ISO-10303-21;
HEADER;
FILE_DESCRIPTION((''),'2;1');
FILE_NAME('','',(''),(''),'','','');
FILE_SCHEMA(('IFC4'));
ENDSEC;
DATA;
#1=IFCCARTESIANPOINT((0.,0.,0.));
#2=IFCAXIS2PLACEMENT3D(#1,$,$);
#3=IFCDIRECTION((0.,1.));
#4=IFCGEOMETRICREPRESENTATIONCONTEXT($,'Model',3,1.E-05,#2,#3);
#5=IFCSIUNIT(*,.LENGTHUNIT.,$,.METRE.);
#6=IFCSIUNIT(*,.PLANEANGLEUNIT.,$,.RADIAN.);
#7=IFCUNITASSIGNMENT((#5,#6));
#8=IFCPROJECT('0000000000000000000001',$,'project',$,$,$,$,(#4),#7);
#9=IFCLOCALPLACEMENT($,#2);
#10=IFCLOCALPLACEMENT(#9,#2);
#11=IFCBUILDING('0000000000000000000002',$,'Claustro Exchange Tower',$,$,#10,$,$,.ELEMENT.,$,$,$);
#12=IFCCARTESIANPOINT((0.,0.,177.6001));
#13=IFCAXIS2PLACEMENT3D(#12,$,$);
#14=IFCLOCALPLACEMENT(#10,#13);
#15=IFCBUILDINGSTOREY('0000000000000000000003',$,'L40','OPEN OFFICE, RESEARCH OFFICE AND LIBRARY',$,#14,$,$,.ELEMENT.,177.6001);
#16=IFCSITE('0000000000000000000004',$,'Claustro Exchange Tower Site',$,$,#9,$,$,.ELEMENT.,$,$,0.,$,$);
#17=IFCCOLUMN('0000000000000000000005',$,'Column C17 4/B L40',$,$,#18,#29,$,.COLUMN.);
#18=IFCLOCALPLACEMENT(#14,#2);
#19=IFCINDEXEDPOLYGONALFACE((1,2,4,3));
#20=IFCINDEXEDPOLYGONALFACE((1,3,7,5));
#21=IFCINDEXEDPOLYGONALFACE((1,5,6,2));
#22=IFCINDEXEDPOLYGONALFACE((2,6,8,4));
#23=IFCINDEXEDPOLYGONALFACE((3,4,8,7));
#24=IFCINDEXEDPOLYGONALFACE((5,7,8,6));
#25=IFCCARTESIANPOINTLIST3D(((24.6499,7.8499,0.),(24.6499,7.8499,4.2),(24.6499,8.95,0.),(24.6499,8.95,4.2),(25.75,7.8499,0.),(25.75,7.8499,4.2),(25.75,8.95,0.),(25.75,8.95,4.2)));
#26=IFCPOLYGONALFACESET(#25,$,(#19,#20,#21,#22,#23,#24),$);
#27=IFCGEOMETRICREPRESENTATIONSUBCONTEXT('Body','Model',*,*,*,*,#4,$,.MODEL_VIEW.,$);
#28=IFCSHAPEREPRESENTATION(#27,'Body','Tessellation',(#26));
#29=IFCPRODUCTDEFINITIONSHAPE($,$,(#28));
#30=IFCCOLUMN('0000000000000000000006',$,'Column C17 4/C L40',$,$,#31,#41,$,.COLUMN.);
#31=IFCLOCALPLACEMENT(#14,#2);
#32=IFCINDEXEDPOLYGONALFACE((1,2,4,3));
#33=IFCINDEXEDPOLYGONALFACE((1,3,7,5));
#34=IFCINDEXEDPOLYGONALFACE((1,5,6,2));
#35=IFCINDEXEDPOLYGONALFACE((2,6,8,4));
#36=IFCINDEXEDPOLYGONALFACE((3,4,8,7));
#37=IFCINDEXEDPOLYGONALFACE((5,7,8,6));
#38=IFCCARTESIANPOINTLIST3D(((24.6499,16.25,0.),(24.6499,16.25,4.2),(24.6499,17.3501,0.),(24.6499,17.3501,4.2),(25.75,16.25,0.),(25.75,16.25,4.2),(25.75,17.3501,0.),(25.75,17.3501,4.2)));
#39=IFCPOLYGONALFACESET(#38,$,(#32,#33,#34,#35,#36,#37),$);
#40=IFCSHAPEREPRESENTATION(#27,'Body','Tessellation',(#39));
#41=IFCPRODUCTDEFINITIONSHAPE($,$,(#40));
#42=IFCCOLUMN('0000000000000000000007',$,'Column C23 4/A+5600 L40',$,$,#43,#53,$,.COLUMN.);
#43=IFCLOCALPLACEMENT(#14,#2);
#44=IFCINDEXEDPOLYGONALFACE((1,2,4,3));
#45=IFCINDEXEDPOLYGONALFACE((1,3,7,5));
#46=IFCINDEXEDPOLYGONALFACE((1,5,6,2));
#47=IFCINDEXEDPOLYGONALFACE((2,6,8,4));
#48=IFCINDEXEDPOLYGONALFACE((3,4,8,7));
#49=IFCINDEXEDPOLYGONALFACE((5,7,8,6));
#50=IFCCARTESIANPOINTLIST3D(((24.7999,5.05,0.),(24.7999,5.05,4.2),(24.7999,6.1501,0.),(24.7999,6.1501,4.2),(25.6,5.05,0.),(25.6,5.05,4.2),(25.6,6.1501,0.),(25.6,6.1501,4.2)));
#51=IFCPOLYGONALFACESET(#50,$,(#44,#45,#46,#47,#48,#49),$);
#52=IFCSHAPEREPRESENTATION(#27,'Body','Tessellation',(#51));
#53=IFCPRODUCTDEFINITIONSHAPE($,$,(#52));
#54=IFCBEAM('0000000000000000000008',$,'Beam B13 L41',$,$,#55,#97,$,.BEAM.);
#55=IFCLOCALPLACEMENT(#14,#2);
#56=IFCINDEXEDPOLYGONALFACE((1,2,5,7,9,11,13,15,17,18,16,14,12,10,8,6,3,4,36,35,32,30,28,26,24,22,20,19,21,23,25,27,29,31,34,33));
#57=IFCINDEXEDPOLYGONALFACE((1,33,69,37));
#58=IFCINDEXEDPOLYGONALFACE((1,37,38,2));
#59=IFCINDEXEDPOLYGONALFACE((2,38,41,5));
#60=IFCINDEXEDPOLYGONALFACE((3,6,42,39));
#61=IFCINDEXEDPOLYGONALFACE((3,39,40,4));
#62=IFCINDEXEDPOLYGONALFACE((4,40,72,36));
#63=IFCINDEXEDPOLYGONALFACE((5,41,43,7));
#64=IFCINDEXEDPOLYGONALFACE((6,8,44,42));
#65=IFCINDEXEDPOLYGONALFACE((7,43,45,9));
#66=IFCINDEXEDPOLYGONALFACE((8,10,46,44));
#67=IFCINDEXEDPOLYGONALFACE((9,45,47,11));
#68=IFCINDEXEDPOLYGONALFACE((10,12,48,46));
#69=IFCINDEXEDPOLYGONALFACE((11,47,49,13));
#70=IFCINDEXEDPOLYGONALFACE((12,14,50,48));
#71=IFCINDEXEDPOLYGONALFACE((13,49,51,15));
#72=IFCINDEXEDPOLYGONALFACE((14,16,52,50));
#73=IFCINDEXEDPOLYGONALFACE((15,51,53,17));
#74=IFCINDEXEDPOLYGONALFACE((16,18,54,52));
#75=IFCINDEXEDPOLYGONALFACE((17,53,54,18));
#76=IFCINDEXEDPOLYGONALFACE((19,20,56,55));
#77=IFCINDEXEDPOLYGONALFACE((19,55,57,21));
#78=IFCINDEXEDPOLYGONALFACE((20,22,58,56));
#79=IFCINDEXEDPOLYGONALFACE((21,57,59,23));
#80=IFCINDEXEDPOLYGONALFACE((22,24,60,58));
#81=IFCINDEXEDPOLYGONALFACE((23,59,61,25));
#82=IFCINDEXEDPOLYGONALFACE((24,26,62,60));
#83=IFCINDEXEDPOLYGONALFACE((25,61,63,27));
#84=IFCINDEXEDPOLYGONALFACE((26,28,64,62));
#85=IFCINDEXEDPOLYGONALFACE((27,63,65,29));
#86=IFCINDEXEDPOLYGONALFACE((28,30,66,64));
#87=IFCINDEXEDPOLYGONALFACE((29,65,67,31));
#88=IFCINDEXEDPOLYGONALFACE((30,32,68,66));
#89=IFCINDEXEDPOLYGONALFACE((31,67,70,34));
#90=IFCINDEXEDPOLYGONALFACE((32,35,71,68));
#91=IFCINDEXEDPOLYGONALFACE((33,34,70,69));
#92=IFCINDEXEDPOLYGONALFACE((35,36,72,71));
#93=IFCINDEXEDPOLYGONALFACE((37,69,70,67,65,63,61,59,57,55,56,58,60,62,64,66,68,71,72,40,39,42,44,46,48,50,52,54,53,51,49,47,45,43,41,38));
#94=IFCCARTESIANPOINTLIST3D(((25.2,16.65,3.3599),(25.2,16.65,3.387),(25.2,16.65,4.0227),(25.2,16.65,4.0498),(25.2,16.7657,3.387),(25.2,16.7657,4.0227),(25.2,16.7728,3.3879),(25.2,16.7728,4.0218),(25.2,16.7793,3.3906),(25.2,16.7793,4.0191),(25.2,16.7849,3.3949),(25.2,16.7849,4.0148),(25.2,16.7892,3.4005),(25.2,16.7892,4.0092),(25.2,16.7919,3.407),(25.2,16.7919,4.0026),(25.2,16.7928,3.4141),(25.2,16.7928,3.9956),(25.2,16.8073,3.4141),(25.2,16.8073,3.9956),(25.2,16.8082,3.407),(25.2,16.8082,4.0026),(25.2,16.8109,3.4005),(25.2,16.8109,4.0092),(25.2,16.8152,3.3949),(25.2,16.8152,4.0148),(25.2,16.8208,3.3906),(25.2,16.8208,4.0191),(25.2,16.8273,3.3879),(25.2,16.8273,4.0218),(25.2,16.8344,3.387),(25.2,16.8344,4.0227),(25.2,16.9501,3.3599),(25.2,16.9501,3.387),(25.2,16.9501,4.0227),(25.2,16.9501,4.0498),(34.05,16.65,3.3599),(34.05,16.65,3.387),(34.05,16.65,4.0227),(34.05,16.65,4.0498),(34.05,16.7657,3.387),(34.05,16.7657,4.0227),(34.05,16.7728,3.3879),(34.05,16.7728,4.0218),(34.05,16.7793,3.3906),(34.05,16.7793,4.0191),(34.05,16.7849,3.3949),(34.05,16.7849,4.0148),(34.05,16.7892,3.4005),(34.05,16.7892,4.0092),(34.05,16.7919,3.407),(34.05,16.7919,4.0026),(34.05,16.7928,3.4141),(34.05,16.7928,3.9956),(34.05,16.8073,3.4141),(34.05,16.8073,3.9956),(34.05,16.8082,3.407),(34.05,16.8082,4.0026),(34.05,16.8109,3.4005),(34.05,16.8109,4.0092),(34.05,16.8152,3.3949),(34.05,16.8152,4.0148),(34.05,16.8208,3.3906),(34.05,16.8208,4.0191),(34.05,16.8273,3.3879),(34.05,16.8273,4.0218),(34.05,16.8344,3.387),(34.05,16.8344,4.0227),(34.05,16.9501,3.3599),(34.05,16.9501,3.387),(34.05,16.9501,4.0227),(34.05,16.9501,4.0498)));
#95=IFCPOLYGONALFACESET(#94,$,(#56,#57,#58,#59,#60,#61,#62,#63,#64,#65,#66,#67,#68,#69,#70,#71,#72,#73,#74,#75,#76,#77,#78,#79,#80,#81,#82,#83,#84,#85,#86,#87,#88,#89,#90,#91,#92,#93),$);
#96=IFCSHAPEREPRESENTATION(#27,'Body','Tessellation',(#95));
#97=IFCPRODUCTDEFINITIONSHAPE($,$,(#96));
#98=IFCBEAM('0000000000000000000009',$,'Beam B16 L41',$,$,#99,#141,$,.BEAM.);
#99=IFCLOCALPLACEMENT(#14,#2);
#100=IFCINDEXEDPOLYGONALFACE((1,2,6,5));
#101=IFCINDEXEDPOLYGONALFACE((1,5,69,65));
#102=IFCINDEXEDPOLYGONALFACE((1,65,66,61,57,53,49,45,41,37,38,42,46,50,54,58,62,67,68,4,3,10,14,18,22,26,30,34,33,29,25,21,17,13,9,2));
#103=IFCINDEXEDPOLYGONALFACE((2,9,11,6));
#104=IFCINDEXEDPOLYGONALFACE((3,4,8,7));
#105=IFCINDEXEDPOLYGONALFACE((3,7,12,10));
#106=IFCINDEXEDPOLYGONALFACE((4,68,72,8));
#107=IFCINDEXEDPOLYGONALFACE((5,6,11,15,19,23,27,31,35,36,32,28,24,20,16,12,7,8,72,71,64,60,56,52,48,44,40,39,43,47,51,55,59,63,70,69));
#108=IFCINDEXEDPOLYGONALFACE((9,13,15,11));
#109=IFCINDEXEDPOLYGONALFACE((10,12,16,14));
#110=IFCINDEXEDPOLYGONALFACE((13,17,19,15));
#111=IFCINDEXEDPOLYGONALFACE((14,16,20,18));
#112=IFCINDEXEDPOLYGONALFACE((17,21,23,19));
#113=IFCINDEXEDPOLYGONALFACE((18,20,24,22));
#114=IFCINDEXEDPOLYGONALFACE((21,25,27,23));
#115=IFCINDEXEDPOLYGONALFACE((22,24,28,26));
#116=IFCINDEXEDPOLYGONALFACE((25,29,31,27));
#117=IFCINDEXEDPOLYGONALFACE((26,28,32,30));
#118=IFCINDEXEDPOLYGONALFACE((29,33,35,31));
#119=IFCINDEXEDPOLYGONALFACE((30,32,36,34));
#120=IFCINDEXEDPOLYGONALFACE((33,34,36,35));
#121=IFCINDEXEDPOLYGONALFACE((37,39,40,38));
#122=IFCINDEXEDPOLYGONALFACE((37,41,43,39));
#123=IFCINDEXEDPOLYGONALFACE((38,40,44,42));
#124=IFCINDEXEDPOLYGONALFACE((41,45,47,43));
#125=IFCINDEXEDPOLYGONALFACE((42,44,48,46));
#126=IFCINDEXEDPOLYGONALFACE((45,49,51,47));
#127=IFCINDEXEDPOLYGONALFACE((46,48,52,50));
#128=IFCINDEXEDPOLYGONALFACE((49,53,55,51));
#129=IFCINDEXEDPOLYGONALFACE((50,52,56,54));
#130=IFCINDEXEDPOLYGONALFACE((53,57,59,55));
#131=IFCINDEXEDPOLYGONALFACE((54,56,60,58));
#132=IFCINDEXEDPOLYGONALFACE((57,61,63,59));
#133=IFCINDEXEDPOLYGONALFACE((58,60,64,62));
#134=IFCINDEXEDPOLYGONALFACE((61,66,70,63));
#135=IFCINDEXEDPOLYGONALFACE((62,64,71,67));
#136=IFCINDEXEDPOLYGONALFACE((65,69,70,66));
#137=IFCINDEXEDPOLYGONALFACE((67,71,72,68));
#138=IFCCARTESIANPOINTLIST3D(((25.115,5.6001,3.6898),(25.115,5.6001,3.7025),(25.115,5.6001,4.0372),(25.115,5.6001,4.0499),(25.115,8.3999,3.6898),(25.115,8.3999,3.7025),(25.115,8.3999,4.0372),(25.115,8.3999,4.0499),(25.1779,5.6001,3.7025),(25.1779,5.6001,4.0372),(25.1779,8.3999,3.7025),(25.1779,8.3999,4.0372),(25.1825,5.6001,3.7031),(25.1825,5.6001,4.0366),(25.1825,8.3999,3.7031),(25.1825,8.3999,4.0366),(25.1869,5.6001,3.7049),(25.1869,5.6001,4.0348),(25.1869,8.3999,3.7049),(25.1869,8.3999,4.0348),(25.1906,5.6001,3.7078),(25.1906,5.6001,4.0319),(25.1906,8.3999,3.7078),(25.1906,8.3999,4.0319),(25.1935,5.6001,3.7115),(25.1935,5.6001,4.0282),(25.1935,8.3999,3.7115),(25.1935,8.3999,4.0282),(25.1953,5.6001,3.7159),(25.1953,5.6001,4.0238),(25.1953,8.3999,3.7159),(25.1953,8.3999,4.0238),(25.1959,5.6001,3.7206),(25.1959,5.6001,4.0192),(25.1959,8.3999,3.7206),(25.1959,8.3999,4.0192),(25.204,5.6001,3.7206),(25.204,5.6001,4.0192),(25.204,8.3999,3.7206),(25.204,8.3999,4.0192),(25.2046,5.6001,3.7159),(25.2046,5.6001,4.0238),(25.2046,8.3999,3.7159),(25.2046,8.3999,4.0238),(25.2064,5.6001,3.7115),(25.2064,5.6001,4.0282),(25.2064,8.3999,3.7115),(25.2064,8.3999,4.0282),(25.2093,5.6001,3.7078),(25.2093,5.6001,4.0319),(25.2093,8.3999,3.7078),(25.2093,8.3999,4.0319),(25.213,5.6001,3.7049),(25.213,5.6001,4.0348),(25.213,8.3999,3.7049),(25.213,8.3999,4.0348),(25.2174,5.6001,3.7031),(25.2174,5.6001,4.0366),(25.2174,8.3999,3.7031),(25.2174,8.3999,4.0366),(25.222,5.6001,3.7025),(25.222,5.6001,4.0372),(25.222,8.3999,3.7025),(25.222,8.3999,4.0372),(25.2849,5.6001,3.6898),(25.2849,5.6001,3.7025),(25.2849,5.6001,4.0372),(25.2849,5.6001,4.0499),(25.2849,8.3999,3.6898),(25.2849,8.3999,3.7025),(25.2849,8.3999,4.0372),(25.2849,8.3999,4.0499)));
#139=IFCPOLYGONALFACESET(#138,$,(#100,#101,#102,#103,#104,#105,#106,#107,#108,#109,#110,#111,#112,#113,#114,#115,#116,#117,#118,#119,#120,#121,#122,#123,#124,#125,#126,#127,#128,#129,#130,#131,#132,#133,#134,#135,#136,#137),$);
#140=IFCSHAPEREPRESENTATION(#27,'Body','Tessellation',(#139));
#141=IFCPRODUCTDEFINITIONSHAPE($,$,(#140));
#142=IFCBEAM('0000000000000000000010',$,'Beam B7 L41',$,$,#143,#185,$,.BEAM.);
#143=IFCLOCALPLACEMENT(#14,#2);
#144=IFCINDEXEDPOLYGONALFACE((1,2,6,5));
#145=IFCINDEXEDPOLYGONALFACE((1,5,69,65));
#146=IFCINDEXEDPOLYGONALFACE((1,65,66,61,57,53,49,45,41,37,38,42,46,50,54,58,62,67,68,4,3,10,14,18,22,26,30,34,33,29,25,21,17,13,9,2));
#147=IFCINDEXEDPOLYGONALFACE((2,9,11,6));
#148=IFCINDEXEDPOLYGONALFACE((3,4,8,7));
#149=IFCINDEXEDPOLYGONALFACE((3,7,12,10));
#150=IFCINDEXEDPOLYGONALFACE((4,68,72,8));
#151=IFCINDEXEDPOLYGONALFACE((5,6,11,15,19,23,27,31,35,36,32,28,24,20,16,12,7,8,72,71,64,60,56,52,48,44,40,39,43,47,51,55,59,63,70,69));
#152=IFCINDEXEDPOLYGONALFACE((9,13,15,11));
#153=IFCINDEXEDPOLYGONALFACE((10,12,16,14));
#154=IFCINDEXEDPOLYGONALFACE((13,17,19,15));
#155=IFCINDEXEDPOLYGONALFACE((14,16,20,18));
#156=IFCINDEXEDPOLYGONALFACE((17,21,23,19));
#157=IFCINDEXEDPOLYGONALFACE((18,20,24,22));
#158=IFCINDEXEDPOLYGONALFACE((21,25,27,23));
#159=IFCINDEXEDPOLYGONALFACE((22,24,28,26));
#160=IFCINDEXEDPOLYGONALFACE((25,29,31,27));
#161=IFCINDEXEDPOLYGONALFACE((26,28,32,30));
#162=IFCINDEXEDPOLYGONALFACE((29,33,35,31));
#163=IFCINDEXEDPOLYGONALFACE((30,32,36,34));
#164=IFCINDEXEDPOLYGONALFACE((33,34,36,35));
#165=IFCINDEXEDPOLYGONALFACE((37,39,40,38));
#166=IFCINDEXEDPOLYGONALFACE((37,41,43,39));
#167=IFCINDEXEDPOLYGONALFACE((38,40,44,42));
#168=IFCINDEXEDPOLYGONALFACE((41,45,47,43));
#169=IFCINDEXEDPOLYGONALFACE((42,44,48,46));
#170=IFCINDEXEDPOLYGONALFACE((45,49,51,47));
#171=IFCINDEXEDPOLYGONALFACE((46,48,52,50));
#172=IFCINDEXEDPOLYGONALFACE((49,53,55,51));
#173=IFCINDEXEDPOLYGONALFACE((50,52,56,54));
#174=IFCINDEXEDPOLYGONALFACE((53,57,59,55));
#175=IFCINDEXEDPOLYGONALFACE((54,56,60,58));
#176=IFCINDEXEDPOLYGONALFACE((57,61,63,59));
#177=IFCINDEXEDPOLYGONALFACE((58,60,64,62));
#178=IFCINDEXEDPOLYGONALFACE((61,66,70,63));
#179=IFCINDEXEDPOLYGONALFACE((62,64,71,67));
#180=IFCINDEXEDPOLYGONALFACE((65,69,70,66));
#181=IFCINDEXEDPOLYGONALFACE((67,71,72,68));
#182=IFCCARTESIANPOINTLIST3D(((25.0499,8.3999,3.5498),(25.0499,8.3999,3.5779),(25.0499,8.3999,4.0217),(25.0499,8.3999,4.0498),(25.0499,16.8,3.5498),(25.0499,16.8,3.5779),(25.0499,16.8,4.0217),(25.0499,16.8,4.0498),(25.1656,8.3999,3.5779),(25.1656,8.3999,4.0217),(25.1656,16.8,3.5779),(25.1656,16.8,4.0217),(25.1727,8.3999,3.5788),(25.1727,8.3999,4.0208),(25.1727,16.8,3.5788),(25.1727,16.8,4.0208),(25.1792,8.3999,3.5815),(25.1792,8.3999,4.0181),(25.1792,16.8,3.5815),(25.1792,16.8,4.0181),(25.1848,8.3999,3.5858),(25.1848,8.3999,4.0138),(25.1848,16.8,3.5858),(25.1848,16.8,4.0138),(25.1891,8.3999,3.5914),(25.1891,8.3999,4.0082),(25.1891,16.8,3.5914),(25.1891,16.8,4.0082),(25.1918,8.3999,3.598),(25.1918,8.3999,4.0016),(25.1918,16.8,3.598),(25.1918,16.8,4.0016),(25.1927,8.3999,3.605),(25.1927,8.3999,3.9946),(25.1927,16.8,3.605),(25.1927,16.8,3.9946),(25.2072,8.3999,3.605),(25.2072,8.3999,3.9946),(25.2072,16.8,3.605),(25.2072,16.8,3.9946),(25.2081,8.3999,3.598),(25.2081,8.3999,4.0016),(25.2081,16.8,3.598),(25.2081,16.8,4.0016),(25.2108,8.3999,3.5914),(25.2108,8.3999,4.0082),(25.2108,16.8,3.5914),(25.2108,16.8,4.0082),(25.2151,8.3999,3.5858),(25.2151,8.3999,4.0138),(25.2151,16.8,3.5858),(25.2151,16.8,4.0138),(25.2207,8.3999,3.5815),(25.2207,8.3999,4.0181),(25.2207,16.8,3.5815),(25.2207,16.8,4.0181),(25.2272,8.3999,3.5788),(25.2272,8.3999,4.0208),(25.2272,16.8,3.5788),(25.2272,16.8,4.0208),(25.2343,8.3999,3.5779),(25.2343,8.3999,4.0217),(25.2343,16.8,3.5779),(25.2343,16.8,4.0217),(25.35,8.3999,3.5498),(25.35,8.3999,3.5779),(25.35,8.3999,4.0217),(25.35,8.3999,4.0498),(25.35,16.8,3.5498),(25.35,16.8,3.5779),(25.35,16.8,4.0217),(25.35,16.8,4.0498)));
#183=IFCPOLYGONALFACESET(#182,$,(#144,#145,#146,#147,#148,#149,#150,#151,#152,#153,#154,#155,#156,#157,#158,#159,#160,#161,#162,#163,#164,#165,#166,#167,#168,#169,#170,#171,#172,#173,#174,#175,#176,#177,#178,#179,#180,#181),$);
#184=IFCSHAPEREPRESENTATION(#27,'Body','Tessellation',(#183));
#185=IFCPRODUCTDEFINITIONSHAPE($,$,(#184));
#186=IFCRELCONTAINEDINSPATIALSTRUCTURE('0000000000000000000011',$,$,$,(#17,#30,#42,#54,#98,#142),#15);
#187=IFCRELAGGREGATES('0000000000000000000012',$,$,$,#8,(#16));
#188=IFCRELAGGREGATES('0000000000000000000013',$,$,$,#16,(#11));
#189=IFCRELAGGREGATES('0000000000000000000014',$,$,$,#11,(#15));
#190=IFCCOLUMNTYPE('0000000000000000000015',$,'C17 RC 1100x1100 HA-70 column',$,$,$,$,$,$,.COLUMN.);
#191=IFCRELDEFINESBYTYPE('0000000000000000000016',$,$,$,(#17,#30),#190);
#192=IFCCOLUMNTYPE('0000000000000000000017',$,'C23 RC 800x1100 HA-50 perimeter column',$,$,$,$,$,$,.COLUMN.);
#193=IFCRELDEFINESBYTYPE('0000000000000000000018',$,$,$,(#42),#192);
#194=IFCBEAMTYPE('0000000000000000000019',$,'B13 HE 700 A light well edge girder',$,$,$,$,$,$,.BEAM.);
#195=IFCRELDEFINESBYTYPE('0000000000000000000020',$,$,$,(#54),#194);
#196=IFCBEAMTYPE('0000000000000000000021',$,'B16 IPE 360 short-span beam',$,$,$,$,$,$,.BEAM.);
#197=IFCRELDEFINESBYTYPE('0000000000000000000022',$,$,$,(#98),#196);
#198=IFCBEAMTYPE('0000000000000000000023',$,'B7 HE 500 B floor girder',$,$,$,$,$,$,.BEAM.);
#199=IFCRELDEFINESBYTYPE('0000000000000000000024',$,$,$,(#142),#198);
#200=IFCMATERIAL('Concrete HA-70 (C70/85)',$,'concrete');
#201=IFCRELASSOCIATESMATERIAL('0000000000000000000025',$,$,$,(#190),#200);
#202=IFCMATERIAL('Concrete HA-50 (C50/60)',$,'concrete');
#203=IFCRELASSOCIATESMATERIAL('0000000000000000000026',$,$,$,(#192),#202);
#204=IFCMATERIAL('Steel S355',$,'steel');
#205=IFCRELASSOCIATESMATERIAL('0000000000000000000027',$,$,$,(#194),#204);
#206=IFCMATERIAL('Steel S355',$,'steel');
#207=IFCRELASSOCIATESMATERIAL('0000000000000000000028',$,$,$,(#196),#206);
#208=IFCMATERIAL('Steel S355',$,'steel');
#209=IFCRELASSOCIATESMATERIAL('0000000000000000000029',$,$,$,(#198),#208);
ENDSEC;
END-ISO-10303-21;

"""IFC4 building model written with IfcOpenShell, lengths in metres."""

from ifc_helpers import new_model, si_unit, direction, frame, origin, origin_2d, place, context, subcontext, project, spatial, rectangle, i_section, extrude, material, material_profile, profile_set, type_object, element, save


model = new_model("IFC4")

# Units and contexts
model_context = context("Model", 3, precision=1e-05, world=origin(), true_north=direction((0.0, 1.0)))
body_context = subcontext(model_context, "Body", "Model", "MODEL_VIEW")
ifc_project = project(units=[si_unit("LENGTHUNIT", "METRE"), si_unit("PLANEANGLEUNIT", "RADIAN")], contexts=[model_context])

# Site, building, storey
site_placement = place(None, origin())
site = spatial("IfcSite", under=ifc_project, at=site_placement, Name="Claustro Exchange Tower Site", CompositionType="ELEMENT", RefElevation=0.0)
building_placement = place(site_placement, origin())
building = spatial("IfcBuilding", under=site, at=building_placement, Name="Claustro Exchange Tower", CompositionType="ELEMENT")
storey_placement = place(building_placement, frame((0.0, 0.0, 177.6001)))
storey = spatial("IfcBuildingStorey", under=building, at=storey_placement, Name="L40", Description="OPEN OFFICE, RESEARCH OFFICE AND LIBRARY", CompositionType="ELEMENT", Elevation=177.6001)

# Columns
ifc_material_1 = material(Name="Concrete HA-70 (C70/85)", Category="concrete")
ifc_material_profile_1 = material_profile(ifc_material_1, rectangle(XDim=1.1001, YDim=1.1001, at=origin_2d()), Name="RC 1100x1100")
ifc_profile_set_1 = profile_set([ifc_material_profile_1], Name="Concrete HA-70 (C70/85)")
column_type_1 = type_object("IfcColumnType", Name="C17 RC 1100x1100 HA-70 column", PredefinedType="COLUMN", material=ifc_profile_set_1)
for number, where, z_axis, x_axis, name in (
    (1, (25.2, 8.3999, 0.0), (0.0, 0.0, 1.0), (1.0, 0.0, 0.0), "Column C17 4/B L40"),
    (2, (25.2, 16.8, 0.0), (0.0, 0.0, 1.0), (1.0, 0.0, 0.0), "Column C17 4/C L40"),
):
    element("IfcColumn", number, at=place(storey_placement, frame(where, z_axis=z_axis, x_axis=x_axis)), inside=storey, type_object=column_type_1, Name=name, PredefinedType="COLUMN", context=body_context, shape_type="SweptSolid", body=[
        extrude(rectangle(XDim=1.1001, YDim=1.1001, at=origin_2d()), origin(), (0.0, 0.0, 1.0), 4.2),
    ])
ifc_material_2 = material(Name="Concrete HA-50 (C50/60)", Category="concrete")
ifc_material_profile_2 = material_profile(ifc_material_2, rectangle(XDim=0.8, YDim=1.1001, at=origin_2d()), Name="RC 800x1100")
ifc_profile_set_2 = profile_set([ifc_material_profile_2], Name="Concrete HA-50 (C50/60)")
column_type_2 = type_object("IfcColumnType", Name="C23 RC 800x1100 HA-50 perimeter column", PredefinedType="COLUMN", material=ifc_profile_set_2)
column_placement = place(storey_placement, frame((25.2, 5.6001, 0.0), z_axis=(0.0, 0.0, 1.0), x_axis=(1.0, 0.0, 0.0)))
element("IfcColumn", 3, at=column_placement, inside=storey, type_object=column_type_2, Name="Column C23 4/A+5600 L40", PredefinedType="COLUMN", context=body_context, shape_type="SweptSolid", body=[
    extrude(rectangle(XDim=0.8, YDim=1.1001, at=origin_2d()), origin(), (0.0, 0.0, 1.0), 4.2),
])

# Beams
ifc_material_3 = material(Name="Steel S355", Category="steel")
ifc_material_profile_3 = material_profile(ifc_material_3, i_section(OverallWidth=0.3, OverallDepth=0.6899, WebThickness=0.0144, FlangeThickness=0.0271, FilletRadius=0.0271, at=origin_2d()), Name="HE 700 A")
ifc_profile_set_3 = profile_set([ifc_material_profile_3], Name="Steel S355")
beam_type_1 = type_object("IfcBeamType", Name="B13 HE 700 A light well edge girder", PredefinedType="BEAM", material=ifc_profile_set_3)
beam_1_placement = place(storey_placement, frame((25.2, 16.8, 3.7048), z_axis=(1.0, 0.0, 0.0), x_axis=(0.0, 1.0, 0.0)))
element("IfcBeam", 4, at=beam_1_placement, inside=storey, type_object=beam_type_1, Name="Beam B13 L41", PredefinedType="BEAM", context=body_context, shape_type="SweptSolid", body=[
    extrude(i_section(OverallWidth=0.3, OverallDepth=0.6899, WebThickness=0.0144, FlangeThickness=0.0271, FilletRadius=0.0271, at=origin_2d()), origin(), (0.0, 0.0, 1.0), 8.8501),
])
ifc_material_4 = material(Name="Steel S355", Category="steel")
ifc_material_profile_4 = material_profile(ifc_material_4, i_section(OverallWidth=0.1699, OverallDepth=0.3601, WebThickness=0.0081, FlangeThickness=0.0127, FilletRadius=0.0181, at=origin_2d()), Name="IPE 360")
ifc_profile_set_4 = profile_set([ifc_material_profile_4], Name="Steel S355")
beam_type_2 = type_object("IfcBeamType", Name="B16 IPE 360 short-span beam", PredefinedType="BEAM", material=ifc_profile_set_4)
beam_2_placement = place(storey_placement, frame((25.2, 5.6001, 3.8699), z_axis=(0.0, 1.0, 0.0), x_axis=(-1.0, 0.0, 0.0)))
element("IfcBeam", 5, at=beam_2_placement, inside=storey, type_object=beam_type_2, Name="Beam B16 L41", PredefinedType="BEAM", context=body_context, shape_type="SweptSolid", body=[
    extrude(i_section(OverallWidth=0.1699, OverallDepth=0.3601, WebThickness=0.0081, FlangeThickness=0.0127, FilletRadius=0.0181, at=origin_2d()), origin(), (0.0, 0.0, 1.0), 2.7998),
])
ifc_material_5 = material(Name="Steel S355", Category="steel")
ifc_material_profile_5 = material_profile(ifc_material_5, i_section(OverallWidth=0.3, OverallDepth=0.5, WebThickness=0.0144, FlangeThickness=0.0281, FilletRadius=0.0271, at=origin_2d()), Name="HE 500 B")
ifc_profile_set_5 = profile_set([ifc_material_profile_5], Name="Steel S355")
beam_type_3 = type_object("IfcBeamType", Name="B7 HE 500 B floor girder", PredefinedType="BEAM", material=ifc_profile_set_5)
for number, where, z_axis, x_axis, name in (
    (6, (25.2, 8.3999, 3.7998), (0.0, 1.0, 0.0), (-1.0, 0.0, 0.0), "Beam B7 L41"),
):
    element("IfcBeam", number, at=place(storey_placement, frame(where, z_axis=z_axis, x_axis=x_axis)), inside=storey, type_object=beam_type_3, Name=name, PredefinedType="BEAM", context=body_context, shape_type="SweptSolid", body=[
        extrude(i_section(OverallWidth=0.3, OverallDepth=0.5, WebThickness=0.0144, FlangeThickness=0.0281, FilletRadius=0.0271, at=origin_2d()), origin(), (0.0, 0.0, 1.0), 8.4001),
    ])

save(model, "model.ifc")
